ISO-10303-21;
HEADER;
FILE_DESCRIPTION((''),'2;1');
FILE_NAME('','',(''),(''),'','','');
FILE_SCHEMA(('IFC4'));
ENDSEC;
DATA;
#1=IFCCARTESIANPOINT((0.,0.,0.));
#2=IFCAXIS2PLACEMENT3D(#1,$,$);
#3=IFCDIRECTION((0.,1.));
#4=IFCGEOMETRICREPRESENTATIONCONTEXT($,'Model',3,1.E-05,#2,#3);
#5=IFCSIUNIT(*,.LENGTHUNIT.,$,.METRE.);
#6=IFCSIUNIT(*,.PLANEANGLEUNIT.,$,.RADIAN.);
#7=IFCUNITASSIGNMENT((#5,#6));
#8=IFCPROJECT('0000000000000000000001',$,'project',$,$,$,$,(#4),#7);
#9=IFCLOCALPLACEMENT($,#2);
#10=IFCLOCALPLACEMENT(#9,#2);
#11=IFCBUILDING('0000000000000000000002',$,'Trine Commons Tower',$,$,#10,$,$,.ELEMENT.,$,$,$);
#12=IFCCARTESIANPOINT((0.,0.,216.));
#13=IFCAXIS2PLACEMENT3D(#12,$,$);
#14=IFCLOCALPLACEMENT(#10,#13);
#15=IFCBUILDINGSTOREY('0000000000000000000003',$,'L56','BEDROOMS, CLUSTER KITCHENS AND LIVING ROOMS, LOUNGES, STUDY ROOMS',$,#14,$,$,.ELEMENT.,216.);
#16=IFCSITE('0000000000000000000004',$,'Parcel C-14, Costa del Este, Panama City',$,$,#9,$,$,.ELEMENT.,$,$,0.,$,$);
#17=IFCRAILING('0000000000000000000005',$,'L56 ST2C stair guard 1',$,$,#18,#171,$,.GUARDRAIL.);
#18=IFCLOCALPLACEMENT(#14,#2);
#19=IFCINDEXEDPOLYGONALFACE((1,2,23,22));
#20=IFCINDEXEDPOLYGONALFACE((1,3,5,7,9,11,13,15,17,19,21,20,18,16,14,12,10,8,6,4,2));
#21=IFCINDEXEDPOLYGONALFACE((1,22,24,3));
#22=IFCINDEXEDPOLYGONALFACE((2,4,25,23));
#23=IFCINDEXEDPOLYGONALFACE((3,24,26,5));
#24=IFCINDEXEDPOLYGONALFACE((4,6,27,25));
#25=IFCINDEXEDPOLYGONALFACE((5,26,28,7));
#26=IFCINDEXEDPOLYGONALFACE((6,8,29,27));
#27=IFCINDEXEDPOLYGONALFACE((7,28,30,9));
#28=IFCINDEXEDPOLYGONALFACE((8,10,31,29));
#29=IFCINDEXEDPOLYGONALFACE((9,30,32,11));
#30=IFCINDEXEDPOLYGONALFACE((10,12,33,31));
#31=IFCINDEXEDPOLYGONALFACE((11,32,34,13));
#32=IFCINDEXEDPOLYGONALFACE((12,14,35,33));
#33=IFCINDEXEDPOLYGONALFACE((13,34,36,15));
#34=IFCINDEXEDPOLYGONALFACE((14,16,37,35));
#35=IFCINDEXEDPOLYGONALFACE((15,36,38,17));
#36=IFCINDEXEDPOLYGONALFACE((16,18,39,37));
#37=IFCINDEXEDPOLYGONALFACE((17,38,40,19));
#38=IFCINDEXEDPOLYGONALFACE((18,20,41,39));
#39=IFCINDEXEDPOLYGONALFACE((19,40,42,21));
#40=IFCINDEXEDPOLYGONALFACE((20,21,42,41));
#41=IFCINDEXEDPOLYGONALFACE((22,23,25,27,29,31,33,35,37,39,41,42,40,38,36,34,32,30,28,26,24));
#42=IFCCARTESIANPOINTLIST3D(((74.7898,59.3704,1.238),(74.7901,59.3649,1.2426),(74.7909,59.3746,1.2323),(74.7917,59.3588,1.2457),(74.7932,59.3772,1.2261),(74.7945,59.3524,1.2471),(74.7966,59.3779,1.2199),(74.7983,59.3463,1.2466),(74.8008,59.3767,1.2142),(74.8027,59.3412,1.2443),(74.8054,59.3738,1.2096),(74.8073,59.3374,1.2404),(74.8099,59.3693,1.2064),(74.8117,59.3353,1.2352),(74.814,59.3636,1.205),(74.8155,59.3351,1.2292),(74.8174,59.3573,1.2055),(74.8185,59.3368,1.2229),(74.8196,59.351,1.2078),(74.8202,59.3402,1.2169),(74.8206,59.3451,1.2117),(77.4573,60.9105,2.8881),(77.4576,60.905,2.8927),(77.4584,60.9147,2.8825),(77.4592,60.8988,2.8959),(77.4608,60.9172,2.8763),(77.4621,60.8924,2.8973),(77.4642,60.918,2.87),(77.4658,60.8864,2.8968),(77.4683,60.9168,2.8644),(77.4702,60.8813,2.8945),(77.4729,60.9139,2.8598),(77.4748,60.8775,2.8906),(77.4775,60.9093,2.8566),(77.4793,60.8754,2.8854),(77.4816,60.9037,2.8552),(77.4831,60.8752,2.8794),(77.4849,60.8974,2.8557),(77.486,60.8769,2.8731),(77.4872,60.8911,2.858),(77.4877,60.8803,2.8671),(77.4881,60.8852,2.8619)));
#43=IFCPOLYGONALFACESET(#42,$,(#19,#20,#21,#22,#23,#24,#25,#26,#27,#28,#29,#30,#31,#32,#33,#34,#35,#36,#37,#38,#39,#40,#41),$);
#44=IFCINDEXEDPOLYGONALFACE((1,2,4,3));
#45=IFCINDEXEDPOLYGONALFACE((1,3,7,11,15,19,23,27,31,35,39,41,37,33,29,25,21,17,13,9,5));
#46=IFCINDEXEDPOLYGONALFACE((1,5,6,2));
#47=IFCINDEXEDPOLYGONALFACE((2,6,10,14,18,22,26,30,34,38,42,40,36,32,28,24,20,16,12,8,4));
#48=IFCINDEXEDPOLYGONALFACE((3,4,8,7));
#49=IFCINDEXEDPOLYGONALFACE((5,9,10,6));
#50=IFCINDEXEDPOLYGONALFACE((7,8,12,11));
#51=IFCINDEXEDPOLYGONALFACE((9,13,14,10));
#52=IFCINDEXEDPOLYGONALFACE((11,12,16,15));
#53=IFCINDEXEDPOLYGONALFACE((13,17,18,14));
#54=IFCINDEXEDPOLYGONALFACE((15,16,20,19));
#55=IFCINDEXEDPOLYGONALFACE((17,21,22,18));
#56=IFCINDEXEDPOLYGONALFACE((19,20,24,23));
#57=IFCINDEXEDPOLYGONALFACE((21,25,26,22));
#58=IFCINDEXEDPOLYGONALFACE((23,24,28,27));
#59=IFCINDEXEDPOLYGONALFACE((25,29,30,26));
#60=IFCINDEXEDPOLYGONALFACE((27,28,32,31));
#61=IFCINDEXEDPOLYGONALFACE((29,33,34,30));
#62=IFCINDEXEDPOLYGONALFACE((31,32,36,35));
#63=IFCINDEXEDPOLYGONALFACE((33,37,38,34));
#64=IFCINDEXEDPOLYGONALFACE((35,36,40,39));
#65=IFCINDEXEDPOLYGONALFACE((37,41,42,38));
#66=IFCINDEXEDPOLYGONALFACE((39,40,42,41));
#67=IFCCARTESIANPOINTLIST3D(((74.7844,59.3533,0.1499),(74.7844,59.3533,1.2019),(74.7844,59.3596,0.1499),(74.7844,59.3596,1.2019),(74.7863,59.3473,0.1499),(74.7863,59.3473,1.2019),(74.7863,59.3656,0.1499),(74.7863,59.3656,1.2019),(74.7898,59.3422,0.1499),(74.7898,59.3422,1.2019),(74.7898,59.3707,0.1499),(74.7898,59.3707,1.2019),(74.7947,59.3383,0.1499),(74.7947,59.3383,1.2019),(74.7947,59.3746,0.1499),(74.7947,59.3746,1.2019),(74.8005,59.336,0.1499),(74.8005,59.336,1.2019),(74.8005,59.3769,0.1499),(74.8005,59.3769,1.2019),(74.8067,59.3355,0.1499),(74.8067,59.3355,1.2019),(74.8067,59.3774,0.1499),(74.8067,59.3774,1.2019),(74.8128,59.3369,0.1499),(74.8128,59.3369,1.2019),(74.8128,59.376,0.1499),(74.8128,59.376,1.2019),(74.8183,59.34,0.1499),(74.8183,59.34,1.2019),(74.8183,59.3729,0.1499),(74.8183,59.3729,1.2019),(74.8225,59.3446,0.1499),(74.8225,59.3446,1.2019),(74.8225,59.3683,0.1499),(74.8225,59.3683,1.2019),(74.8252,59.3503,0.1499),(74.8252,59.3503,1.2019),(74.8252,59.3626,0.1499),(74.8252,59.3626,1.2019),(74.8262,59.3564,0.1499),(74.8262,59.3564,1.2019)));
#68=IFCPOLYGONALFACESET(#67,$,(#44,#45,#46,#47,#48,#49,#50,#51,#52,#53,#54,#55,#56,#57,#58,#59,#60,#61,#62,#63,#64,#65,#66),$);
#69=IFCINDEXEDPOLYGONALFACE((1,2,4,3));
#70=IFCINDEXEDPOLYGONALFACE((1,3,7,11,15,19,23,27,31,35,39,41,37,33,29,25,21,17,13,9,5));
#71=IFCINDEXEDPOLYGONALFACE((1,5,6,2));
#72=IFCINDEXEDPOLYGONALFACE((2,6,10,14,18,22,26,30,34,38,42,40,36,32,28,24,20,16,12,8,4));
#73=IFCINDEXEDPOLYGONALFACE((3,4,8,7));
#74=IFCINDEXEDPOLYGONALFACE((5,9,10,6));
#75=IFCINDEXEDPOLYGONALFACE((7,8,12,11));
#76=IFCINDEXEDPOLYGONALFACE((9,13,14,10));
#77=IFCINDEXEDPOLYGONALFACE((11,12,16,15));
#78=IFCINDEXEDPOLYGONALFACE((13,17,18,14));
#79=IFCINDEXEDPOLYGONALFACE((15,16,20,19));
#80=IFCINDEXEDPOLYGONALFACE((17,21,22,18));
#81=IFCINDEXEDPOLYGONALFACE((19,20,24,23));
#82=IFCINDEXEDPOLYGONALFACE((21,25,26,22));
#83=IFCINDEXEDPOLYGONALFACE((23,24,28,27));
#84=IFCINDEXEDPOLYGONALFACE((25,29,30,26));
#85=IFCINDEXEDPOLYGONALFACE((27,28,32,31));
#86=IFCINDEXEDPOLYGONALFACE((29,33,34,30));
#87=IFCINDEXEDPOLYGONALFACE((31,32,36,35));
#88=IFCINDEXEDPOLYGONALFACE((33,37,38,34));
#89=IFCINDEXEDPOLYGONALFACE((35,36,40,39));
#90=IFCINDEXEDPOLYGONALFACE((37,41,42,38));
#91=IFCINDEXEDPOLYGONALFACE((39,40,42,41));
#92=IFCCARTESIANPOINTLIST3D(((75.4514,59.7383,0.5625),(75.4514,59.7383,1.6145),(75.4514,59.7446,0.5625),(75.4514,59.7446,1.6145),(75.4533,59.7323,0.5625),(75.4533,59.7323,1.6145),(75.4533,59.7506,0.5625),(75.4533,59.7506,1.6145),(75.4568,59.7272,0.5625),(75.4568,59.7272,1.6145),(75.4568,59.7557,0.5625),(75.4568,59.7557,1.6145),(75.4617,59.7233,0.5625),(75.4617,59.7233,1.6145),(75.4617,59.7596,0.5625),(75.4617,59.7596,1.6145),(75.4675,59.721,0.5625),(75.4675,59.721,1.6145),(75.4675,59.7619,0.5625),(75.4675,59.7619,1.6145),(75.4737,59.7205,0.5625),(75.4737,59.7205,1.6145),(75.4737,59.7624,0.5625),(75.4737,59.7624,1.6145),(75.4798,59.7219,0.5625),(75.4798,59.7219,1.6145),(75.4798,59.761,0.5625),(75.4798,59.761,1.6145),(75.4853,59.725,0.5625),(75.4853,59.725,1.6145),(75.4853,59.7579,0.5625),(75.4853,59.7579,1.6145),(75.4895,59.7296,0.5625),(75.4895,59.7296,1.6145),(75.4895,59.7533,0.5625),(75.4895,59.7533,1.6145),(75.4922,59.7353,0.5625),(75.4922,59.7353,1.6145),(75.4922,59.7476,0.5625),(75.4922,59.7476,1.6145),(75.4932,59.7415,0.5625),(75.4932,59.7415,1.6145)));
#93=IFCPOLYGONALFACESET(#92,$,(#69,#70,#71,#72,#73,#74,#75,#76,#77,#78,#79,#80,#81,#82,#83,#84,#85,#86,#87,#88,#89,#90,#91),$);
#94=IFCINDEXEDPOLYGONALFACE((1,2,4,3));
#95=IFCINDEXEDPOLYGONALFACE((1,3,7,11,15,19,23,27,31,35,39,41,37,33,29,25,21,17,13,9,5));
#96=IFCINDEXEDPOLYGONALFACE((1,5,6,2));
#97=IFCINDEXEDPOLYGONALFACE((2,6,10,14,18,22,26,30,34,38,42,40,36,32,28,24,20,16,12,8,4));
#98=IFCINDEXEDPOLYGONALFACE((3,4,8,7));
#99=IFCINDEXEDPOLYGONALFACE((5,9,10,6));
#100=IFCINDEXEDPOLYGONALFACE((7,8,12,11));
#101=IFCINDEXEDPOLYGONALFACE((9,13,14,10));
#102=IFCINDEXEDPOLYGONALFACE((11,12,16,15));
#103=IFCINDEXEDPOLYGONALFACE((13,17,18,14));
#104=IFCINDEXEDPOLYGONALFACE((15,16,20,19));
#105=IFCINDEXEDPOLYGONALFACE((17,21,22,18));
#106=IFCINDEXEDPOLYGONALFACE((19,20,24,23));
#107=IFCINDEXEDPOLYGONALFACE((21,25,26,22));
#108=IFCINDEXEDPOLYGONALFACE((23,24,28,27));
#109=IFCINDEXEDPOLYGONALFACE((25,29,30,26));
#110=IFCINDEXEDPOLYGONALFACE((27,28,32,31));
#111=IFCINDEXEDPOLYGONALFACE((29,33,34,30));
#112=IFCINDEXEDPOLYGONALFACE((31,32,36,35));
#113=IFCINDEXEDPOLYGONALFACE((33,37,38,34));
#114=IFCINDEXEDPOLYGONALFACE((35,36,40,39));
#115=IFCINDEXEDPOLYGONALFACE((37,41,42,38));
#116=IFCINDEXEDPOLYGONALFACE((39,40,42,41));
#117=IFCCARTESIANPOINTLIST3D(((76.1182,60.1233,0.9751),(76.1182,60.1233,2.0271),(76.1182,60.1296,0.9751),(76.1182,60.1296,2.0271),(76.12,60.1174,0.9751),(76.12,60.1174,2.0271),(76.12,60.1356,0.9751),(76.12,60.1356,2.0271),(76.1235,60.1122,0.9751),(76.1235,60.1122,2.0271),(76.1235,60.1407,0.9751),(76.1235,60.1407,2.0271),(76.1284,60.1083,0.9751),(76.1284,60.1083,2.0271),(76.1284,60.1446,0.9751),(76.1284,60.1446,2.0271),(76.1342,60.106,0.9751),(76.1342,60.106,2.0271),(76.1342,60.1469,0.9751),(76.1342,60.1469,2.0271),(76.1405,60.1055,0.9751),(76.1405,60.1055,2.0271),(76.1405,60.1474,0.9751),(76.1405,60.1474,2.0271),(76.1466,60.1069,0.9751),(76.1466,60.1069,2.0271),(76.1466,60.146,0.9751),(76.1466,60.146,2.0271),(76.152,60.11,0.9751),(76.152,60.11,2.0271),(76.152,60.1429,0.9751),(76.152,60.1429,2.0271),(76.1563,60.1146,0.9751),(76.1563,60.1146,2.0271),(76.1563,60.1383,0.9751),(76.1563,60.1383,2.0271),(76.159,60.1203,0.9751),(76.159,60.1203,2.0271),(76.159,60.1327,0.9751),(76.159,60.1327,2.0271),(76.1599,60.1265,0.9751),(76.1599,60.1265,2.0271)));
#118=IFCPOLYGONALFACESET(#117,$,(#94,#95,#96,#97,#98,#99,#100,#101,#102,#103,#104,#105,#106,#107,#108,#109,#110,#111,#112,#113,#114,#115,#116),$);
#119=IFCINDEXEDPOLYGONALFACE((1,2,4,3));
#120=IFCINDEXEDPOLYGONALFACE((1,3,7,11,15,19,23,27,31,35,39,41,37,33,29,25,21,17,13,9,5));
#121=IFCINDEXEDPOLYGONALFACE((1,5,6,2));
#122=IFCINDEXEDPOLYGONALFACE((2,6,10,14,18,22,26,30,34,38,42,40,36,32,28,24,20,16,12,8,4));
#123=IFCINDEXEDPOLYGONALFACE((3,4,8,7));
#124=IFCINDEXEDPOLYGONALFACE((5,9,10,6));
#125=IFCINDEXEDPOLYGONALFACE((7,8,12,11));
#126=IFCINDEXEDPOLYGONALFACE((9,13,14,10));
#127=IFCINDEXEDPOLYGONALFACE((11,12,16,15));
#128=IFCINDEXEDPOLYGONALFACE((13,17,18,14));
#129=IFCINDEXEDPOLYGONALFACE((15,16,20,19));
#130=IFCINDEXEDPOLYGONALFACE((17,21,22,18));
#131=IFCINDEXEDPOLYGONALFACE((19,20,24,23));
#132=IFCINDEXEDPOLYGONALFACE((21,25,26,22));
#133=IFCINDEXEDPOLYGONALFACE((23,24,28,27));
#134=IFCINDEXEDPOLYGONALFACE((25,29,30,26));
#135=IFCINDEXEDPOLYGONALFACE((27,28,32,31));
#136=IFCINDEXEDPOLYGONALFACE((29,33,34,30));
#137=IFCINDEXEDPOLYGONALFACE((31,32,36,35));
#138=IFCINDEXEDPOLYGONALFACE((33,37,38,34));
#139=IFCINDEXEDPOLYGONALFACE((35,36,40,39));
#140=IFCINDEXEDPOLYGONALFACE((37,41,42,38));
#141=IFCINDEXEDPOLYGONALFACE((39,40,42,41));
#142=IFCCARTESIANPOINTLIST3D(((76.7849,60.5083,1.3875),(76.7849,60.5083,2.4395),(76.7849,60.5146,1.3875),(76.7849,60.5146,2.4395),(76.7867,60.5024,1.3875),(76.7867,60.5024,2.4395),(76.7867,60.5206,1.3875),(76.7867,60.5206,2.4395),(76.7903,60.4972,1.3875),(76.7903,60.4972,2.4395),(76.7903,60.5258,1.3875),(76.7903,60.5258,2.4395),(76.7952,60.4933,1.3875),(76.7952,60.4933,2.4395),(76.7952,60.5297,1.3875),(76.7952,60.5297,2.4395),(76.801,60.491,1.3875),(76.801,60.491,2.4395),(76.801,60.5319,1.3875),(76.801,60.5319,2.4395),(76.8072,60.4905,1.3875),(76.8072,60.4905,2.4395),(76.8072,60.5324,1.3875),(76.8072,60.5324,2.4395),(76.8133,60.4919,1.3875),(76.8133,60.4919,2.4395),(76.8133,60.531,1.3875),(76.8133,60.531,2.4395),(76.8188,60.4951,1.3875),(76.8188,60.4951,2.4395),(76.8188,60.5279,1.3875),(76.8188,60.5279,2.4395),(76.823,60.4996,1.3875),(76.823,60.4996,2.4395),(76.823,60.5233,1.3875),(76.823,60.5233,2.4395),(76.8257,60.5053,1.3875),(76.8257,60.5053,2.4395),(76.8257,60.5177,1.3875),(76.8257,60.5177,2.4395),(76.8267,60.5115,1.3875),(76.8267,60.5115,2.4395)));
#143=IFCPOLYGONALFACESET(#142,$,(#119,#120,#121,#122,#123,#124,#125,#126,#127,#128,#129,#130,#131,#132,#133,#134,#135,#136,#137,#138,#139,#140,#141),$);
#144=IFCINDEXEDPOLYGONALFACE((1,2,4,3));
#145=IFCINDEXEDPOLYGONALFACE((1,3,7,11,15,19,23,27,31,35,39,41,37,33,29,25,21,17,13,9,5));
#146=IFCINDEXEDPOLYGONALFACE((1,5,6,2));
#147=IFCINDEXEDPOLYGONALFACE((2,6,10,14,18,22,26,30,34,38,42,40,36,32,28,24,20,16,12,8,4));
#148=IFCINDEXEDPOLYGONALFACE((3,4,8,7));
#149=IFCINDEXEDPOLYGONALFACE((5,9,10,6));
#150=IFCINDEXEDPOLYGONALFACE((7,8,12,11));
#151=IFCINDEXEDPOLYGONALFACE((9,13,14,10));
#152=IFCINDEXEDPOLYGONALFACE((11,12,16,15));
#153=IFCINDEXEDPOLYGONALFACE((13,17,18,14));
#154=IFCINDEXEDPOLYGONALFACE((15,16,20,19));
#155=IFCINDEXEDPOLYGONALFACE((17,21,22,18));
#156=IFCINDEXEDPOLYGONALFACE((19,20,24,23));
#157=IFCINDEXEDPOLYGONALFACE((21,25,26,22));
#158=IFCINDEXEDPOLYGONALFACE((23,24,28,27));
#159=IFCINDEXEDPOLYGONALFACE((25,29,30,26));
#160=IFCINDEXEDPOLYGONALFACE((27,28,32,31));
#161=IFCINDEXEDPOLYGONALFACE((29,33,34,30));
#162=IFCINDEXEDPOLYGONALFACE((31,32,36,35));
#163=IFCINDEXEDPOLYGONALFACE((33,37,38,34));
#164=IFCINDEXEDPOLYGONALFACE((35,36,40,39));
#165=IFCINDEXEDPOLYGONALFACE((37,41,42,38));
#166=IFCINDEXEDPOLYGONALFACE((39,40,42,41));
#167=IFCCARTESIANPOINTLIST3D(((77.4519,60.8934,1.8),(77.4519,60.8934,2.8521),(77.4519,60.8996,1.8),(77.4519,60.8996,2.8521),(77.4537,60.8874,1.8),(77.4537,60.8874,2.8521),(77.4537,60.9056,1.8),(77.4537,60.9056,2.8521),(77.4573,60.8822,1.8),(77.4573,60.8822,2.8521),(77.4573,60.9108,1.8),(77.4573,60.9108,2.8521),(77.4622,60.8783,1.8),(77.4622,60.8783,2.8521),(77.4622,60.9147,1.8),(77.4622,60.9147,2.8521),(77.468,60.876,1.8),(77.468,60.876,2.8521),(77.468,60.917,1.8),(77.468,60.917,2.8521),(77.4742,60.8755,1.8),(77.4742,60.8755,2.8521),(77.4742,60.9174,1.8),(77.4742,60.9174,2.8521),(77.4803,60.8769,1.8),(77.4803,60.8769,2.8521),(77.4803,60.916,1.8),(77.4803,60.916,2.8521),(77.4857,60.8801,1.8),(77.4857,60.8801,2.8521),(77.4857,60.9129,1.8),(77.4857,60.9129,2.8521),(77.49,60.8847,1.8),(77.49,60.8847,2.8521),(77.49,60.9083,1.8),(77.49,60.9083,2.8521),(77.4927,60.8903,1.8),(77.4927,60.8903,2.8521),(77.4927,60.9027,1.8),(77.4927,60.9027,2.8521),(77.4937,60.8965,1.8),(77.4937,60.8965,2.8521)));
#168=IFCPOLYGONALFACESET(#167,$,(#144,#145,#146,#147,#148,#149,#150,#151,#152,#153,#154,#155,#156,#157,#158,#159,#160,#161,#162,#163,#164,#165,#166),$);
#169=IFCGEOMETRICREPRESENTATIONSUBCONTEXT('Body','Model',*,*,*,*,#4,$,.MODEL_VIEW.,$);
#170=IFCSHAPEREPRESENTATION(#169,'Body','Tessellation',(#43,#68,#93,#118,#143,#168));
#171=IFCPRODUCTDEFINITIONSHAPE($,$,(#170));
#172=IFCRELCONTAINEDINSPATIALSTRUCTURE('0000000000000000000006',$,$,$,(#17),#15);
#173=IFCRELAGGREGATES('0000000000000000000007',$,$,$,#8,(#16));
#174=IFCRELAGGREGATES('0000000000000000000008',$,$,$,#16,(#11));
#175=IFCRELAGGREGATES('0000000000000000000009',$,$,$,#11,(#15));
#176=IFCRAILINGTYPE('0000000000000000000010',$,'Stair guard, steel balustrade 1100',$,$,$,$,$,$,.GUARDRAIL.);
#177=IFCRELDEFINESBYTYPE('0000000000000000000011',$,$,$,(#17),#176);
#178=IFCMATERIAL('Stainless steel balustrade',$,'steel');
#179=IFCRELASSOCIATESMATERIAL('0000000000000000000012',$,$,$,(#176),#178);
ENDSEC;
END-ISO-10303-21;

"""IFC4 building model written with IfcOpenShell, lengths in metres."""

from ifc_helpers import new_model, si_unit, direction, frame, origin, origin_2d, place, context, subcontext, project, spatial, circle, extrude, material, type_object, element, save


model = new_model("IFC4")

# Units and contexts
model_context = context("Model", 3, precision=1e-05, world=origin(), true_north=direction((0.0, 1.0)))
body_context = subcontext(model_context, "Body", "Model", "MODEL_VIEW")
ifc_project = project(units=[si_unit("LENGTHUNIT", "METRE"), si_unit("PLANEANGLEUNIT", "RADIAN")], contexts=[model_context])

# Site, building, storey
site_placement = place(None, origin())
site = spatial("IfcSite", under=ifc_project, at=site_placement, Name="Parcel C-14, Costa del Este, Panama City", CompositionType="ELEMENT", RefElevation=0.0)
building_placement = place(site_placement, origin())
building = spatial("IfcBuilding", under=site, at=building_placement, Name="Trine Commons Tower", CompositionType="ELEMENT")
storey_placement = place(building_placement, frame((0.0, 0.0, 216.0)))
storey = spatial("IfcBuildingStorey", under=building, at=storey_placement, Name="L56", Description="BEDROOMS, CLUSTER KITCHENS AND LIVING ROOMS, LOUNGES, STUDY ROOMS", CompositionType="ELEMENT", Elevation=216.0)

# Railing
ifc_material_1 = material(Name="Stainless steel balustrade", Category="steel")
railing_type_1 = type_object("IfcRailingType", Name="Stair guard, steel balustrade 1100", PredefinedType="GUARDRAIL", material=ifc_material_1)
railing_1_placement = place(storey_placement, frame((74.8052, 59.3564, 0.1499)))
element("IfcRailing", 1, at=railing_1_placement, inside=storey, type_object=railing_type_1, Name="L56 ST2C stair guard 1", PredefinedType="GUARDRAIL", context=body_context, shape_type="SweptSolid", body=[
    extrude(circle(Radius=0.0239, at=origin_2d()), frame((0.0, 0.0, 1.0762), z_axis=(0.76338, 0.440728, 0.472239), x_axis=(-0.499992, 0.86603, 0.0)), (0.0, 0.0, 1.0), 3.4944),
    extrude(circle(Radius=0.021, at=origin_2d()), origin(), (0.0, 0.0, 1.0), 1.052),
    extrude(circle(Radius=0.021, at=origin_2d()), frame((0.667, 0.385, 0.4126)), (0.0, 0.0, 1.0), 1.052),
    extrude(circle(Radius=0.021, at=origin_2d()), frame((1.3337, 0.77, 0.8252)), (0.0, 0.0, 1.0), 1.052),
    extrude(circle(Radius=0.021, at=origin_2d()), frame((2.0005, 1.155, 1.2375)), (0.0, 0.0, 1.0), 1.052),
    extrude(circle(Radius=0.021, at=origin_2d()), frame((2.6675, 1.54, 1.6501)), (0.0, 0.0, 1.0), 1.052),
])

save(model, "model.ifc")
